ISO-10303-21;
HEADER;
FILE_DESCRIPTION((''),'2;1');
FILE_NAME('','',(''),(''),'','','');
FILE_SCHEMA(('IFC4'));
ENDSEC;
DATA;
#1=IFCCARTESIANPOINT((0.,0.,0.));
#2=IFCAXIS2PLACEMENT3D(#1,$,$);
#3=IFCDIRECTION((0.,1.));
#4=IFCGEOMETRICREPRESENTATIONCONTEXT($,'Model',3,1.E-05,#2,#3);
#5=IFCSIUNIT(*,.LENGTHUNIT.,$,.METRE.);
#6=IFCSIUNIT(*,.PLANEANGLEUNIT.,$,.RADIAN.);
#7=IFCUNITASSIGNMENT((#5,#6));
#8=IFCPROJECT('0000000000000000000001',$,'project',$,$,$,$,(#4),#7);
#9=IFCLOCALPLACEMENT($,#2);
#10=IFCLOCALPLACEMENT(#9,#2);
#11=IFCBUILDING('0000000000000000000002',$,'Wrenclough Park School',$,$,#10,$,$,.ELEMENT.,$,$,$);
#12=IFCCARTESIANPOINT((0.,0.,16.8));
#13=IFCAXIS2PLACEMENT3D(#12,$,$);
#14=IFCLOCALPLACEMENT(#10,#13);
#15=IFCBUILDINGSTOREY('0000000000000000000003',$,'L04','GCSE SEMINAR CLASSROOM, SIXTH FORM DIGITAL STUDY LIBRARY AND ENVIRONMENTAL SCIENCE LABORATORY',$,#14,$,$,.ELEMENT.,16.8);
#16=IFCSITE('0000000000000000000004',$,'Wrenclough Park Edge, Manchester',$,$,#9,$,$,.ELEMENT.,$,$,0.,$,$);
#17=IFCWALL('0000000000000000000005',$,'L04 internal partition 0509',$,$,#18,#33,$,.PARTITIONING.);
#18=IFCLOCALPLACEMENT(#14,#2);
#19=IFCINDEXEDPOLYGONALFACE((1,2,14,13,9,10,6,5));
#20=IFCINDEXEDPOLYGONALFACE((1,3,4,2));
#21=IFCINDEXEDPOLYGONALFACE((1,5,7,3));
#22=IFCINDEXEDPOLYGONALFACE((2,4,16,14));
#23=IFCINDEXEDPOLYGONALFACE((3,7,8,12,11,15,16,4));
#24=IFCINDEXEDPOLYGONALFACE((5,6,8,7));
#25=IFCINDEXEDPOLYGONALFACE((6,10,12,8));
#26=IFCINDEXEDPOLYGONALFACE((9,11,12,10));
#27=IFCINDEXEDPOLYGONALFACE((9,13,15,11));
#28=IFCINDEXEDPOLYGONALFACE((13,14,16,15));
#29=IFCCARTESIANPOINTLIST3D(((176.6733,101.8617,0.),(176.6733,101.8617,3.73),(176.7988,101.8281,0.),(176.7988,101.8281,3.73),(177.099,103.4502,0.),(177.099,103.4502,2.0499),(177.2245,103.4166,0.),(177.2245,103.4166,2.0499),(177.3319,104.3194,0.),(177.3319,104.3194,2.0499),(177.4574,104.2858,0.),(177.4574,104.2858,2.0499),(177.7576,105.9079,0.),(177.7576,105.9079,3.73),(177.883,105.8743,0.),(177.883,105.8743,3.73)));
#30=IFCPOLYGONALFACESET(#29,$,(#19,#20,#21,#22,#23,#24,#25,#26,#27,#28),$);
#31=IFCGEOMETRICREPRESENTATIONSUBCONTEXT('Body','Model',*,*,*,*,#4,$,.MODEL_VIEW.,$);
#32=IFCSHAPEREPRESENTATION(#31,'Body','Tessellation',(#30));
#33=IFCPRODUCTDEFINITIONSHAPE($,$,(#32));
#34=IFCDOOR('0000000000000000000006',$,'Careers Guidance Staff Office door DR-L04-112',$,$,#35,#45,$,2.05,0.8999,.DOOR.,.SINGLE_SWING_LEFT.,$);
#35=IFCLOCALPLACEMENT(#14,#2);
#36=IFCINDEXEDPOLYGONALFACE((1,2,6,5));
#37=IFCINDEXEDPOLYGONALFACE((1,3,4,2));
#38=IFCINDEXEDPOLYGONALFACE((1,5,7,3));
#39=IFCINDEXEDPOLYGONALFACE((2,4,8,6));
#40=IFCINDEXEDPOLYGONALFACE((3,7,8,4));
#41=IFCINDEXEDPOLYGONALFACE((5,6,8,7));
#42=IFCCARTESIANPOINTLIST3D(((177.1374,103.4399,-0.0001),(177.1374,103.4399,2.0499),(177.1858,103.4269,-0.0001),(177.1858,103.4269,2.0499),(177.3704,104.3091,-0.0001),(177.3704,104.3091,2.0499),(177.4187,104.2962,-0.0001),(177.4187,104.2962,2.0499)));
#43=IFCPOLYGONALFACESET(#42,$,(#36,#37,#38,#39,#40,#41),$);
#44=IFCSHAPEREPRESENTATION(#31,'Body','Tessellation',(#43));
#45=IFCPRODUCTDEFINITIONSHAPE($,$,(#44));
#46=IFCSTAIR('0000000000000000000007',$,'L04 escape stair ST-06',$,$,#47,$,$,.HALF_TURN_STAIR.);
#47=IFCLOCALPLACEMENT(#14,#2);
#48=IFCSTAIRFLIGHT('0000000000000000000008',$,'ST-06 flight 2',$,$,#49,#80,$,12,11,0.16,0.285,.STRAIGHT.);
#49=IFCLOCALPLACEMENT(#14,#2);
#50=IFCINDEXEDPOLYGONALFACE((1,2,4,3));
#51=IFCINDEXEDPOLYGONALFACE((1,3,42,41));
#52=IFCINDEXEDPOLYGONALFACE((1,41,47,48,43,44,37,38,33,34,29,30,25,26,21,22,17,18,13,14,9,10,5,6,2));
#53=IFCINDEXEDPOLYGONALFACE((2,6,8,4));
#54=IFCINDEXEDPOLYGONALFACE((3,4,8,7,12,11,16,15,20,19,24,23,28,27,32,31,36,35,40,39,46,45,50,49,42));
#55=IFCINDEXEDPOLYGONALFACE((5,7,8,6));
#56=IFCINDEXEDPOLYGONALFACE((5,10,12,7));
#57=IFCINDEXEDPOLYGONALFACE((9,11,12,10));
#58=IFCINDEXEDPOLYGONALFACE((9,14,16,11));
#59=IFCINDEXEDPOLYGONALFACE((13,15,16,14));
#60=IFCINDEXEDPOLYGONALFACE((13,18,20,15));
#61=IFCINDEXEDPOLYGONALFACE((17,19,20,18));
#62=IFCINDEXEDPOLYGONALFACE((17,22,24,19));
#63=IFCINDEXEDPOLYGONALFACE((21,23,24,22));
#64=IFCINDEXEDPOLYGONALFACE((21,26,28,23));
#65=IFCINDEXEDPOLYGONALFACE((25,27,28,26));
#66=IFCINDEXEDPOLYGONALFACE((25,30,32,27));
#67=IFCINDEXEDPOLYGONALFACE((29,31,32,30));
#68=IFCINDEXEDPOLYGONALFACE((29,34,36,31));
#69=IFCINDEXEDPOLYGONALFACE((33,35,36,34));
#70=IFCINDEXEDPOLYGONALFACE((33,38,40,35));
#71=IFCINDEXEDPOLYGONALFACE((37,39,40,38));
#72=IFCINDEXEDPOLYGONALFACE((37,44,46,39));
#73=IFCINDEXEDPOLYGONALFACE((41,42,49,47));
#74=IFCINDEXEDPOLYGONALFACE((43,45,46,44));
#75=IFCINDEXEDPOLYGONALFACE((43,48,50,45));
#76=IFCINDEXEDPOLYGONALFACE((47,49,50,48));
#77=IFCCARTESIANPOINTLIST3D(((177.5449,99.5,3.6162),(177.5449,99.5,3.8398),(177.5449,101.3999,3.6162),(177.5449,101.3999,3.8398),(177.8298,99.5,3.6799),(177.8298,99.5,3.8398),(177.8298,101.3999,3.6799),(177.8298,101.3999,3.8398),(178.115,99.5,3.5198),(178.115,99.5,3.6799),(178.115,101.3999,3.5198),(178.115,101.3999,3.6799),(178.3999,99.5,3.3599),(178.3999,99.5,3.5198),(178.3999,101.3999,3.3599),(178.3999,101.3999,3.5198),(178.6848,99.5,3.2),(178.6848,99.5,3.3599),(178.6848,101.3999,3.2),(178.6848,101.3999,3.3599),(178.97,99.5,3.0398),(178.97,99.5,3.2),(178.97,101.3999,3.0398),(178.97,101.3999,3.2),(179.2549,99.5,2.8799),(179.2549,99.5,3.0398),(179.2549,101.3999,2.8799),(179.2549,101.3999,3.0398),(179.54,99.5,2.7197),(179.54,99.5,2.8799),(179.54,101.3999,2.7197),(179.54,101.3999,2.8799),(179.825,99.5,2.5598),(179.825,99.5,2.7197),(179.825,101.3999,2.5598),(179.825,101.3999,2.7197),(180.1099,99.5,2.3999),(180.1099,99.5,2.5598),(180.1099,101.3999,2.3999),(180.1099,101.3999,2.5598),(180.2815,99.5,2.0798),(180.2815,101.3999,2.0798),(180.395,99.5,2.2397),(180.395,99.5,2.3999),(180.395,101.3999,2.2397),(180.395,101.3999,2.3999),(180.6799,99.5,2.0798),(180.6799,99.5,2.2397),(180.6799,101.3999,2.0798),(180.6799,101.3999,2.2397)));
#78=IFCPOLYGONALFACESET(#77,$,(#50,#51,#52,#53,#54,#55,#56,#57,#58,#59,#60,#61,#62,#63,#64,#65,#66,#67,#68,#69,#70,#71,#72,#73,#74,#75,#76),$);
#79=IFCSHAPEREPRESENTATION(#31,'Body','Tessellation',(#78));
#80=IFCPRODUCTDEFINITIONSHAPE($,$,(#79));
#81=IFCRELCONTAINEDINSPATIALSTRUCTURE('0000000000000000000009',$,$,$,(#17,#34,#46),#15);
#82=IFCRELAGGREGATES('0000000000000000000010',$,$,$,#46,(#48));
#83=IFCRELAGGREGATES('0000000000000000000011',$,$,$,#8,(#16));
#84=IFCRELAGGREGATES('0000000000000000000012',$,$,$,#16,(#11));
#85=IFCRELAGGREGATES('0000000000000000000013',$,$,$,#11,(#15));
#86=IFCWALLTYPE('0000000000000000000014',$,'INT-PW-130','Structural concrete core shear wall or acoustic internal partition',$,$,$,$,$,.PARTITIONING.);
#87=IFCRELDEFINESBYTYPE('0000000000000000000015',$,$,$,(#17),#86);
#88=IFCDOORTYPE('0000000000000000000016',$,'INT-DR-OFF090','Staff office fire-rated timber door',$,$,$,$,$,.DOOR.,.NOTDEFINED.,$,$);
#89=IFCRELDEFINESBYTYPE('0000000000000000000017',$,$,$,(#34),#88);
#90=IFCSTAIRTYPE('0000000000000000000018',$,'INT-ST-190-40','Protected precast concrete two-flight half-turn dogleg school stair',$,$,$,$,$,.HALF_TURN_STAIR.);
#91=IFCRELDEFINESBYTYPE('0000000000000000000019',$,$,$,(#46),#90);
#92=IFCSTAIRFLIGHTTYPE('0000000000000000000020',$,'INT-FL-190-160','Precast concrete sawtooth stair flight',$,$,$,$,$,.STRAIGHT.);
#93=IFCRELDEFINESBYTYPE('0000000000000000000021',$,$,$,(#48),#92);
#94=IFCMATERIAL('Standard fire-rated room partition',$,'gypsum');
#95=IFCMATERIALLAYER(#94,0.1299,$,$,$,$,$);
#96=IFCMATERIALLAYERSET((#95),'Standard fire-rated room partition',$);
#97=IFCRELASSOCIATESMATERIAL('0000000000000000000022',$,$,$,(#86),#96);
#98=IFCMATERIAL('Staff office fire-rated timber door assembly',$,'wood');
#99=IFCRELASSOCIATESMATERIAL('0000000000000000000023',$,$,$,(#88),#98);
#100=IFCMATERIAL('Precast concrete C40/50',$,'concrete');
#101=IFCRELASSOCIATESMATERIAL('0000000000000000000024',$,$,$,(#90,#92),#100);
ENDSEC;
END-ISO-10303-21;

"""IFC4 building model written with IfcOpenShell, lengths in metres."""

from ifc_helpers import new_model, si_unit, direction, frame, frame_2d, origin, place, context, subcontext, project, spatial, polyline, rectangle, outline, extrude, material, layer, layer_set, type_object, element, fill, aggregate, save


model = new_model("IFC4")

# Units and contexts
model_context = context("Model", 3, precision=1e-05, world=origin(), true_north=direction((0.0, 1.0)))
body_context = subcontext(model_context, "Body", "Model", "MODEL_VIEW")
ifc_project = project(units=[si_unit("LENGTHUNIT", "METRE"), si_unit("PLANEANGLEUNIT", "RADIAN")], contexts=[model_context])

# Site, building, storey
site_placement = place(None, origin())
site = spatial("IfcSite", under=ifc_project, at=site_placement, Name="Wrenclough Park Edge, Manchester", CompositionType="ELEMENT", RefElevation=0.0)
building_placement = place(site_placement, origin())
building = spatial("IfcBuilding", under=site, at=building_placement, Name="Wrenclough Park School", CompositionType="ELEMENT")
storey_placement = place(building_placement, frame((0.0, 0.0, 16.8)))
storey = spatial("IfcBuildingStorey", under=building, at=storey_placement, Name="L04", Description="GCSE SEMINAR CLASSROOM, SIXTH FORM DIGITAL STUDY LIBRARY AND ENVIRONMENTAL SCIENCE LABORATORY", CompositionType="ELEMENT", Elevation=16.8)

# Wall, opening, door
ifc_material_1 = material(Name="Standard fire-rated room partition", Category="gypsum")
ifc_layer_1 = layer(ifc_material_1, 0.1299)
ifc_layer_set_1 = layer_set([ifc_layer_1], Name="Standard fire-rated room partition")
wall_type_1 = type_object("IfcWallType", Name="INT-PW-130", Description="Structural concrete core shear wall or acoustic internal partition", PredefinedType="PARTITIONING", material=ifc_layer_set_1)
wall_1_placement = place(storey_placement, frame((177.8203, 105.8911, 0.0), z_axis=(0.0, 0.0, 1.0), x_axis=(-0.258834, -0.965922, 0.0)))
wall_1 = element("IfcWall", 1, at=wall_1_placement, inside=storey, type_object=wall_type_1, Name="L04 internal partition 0509", PredefinedType="PARTITIONING", context=body_context, shape_type="SweptSolid", body=[
    extrude(rectangle(XDim=4.189, YDim=0.1299, at=frame_2d((2.0945, 0.0))), origin(), (0.0, 0.0, 1.0), 3.73),
])
opening_1_placement = place(wall_1_placement, frame((1.6445, 0.0, 0.0)))
opening_1 = element("IfcOpeningElement", 2, at=opening_1_placement, cuts=wall_1, PredefinedType="OPENING", context=body_context, shape_type="SweptSolid", body=[
    extrude(rectangle(XDim=0.8999, YDim=2.05, at=frame_2d((0.45, 1.0249))), frame((0.0, 0.075, 0.0), z_axis=(0.0, -1.0, 0.0), x_axis=(1.0, 0.0, 0.0)), (0.0, 0.0, 1.0), 0.1499),
])
ifc_material_2 = material(Name="Staff office fire-rated timber door assembly", Category="wood")
door_type_1 = type_object("IfcDoorType", Name="INT-DR-OFF090", Description="Staff office fire-rated timber door", OperationType="NOTDEFINED", PredefinedType="DOOR", material=ifc_material_2)
door_1_placement = place(opening_1_placement, origin())
door_1 = element("IfcDoor", 3, at=door_1_placement, inside=storey, type_object=door_type_1, Name="Careers Guidance Staff Office door DR-L04-112", OperationType="SINGLE_SWING_LEFT", OverallHeight=2.05, OverallWidth=0.8999, PredefinedType="DOOR", context=body_context, shape_type="SweptSolid", body=[
    extrude(rectangle(XDim=0.8999, YDim=2.05, at=frame_2d((0.45, 1.0249))), frame((0.0, 0.0249, 0.0), z_axis=(0.0, -1.0, 0.0), x_axis=(1.0, 0.0, 0.0)), (0.0, 0.0, 1.0), 0.05),
])
fill(opening_1, door_1)

# Stair, stair flight
ifc_material_3 = material(Name="Precast concrete C40/50", Category="concrete")
stair_type = type_object("IfcStairType", Name="INT-ST-190-40", Description="Protected precast concrete two-flight half-turn dogleg school stair", PredefinedType="HALF_TURN_STAIR", material=ifc_material_3)
stair_placement = place(storey_placement, origin())
stair = element("IfcStair", 4, at=stair_placement, inside=storey, type_object=stair_type, Name="L04 escape stair ST-06", PredefinedType="HALF_TURN_STAIR")
stair_flight_type = type_object("IfcStairFlightType", Name="INT-FL-190-160", Description="Precast concrete sawtooth stair flight", PredefinedType="STRAIGHT", material=ifc_material_3)
stair_flight_placement = place(storey_placement, frame((180.6799, 100.45, 2.0798), z_axis=(0.0, 0.0, 1.0), x_axis=(-1.0, 0.0, 0.0)))
stair_flight = element("IfcStairFlight", 5, at=stair_flight_placement, type_object=stair_flight_type, Name="ST-06 flight 2", NumberOfRisers=12, NumberOfTreads=11, PredefinedType="STRAIGHT", RiserHeight=0.16, TreadLength=0.285, context=body_context, shape_type="SweptSolid", body=[
    extrude(outline(polyline([(0.0, 0.0), (0.0, 0.1599), (0.2849, 0.1599), (0.2849, 0.3201), (0.5701, 0.3201), (0.5701, 0.48), (0.855, 0.48), (0.855, 0.6399), (1.1399, 0.6399), (1.1399, 0.8), (1.425, 0.8), (1.425, 0.96), (1.71, 0.96), (1.71, 1.1201), (1.9951, 1.1201), (1.9951, 1.28), (2.28, 1.28), (2.28, 1.4399), (2.5649, 1.4399), (2.5649, 1.6001), (2.8501, 1.6001), (2.8501, 1.76), (3.135, 1.76), (3.135, 1.9199), (3.135, 1.5364), (0.3984, 0.0), (0.0, 0.0)])), frame((0.0, 0.95, 0.0), z_axis=(0.0, -1.0, 0.0), x_axis=(1.0, 0.0, 0.0)), (0.0, 0.0, 1.0), 1.8999),
])
aggregate(stair, [stair_flight])

save(model, "model.ifc")
